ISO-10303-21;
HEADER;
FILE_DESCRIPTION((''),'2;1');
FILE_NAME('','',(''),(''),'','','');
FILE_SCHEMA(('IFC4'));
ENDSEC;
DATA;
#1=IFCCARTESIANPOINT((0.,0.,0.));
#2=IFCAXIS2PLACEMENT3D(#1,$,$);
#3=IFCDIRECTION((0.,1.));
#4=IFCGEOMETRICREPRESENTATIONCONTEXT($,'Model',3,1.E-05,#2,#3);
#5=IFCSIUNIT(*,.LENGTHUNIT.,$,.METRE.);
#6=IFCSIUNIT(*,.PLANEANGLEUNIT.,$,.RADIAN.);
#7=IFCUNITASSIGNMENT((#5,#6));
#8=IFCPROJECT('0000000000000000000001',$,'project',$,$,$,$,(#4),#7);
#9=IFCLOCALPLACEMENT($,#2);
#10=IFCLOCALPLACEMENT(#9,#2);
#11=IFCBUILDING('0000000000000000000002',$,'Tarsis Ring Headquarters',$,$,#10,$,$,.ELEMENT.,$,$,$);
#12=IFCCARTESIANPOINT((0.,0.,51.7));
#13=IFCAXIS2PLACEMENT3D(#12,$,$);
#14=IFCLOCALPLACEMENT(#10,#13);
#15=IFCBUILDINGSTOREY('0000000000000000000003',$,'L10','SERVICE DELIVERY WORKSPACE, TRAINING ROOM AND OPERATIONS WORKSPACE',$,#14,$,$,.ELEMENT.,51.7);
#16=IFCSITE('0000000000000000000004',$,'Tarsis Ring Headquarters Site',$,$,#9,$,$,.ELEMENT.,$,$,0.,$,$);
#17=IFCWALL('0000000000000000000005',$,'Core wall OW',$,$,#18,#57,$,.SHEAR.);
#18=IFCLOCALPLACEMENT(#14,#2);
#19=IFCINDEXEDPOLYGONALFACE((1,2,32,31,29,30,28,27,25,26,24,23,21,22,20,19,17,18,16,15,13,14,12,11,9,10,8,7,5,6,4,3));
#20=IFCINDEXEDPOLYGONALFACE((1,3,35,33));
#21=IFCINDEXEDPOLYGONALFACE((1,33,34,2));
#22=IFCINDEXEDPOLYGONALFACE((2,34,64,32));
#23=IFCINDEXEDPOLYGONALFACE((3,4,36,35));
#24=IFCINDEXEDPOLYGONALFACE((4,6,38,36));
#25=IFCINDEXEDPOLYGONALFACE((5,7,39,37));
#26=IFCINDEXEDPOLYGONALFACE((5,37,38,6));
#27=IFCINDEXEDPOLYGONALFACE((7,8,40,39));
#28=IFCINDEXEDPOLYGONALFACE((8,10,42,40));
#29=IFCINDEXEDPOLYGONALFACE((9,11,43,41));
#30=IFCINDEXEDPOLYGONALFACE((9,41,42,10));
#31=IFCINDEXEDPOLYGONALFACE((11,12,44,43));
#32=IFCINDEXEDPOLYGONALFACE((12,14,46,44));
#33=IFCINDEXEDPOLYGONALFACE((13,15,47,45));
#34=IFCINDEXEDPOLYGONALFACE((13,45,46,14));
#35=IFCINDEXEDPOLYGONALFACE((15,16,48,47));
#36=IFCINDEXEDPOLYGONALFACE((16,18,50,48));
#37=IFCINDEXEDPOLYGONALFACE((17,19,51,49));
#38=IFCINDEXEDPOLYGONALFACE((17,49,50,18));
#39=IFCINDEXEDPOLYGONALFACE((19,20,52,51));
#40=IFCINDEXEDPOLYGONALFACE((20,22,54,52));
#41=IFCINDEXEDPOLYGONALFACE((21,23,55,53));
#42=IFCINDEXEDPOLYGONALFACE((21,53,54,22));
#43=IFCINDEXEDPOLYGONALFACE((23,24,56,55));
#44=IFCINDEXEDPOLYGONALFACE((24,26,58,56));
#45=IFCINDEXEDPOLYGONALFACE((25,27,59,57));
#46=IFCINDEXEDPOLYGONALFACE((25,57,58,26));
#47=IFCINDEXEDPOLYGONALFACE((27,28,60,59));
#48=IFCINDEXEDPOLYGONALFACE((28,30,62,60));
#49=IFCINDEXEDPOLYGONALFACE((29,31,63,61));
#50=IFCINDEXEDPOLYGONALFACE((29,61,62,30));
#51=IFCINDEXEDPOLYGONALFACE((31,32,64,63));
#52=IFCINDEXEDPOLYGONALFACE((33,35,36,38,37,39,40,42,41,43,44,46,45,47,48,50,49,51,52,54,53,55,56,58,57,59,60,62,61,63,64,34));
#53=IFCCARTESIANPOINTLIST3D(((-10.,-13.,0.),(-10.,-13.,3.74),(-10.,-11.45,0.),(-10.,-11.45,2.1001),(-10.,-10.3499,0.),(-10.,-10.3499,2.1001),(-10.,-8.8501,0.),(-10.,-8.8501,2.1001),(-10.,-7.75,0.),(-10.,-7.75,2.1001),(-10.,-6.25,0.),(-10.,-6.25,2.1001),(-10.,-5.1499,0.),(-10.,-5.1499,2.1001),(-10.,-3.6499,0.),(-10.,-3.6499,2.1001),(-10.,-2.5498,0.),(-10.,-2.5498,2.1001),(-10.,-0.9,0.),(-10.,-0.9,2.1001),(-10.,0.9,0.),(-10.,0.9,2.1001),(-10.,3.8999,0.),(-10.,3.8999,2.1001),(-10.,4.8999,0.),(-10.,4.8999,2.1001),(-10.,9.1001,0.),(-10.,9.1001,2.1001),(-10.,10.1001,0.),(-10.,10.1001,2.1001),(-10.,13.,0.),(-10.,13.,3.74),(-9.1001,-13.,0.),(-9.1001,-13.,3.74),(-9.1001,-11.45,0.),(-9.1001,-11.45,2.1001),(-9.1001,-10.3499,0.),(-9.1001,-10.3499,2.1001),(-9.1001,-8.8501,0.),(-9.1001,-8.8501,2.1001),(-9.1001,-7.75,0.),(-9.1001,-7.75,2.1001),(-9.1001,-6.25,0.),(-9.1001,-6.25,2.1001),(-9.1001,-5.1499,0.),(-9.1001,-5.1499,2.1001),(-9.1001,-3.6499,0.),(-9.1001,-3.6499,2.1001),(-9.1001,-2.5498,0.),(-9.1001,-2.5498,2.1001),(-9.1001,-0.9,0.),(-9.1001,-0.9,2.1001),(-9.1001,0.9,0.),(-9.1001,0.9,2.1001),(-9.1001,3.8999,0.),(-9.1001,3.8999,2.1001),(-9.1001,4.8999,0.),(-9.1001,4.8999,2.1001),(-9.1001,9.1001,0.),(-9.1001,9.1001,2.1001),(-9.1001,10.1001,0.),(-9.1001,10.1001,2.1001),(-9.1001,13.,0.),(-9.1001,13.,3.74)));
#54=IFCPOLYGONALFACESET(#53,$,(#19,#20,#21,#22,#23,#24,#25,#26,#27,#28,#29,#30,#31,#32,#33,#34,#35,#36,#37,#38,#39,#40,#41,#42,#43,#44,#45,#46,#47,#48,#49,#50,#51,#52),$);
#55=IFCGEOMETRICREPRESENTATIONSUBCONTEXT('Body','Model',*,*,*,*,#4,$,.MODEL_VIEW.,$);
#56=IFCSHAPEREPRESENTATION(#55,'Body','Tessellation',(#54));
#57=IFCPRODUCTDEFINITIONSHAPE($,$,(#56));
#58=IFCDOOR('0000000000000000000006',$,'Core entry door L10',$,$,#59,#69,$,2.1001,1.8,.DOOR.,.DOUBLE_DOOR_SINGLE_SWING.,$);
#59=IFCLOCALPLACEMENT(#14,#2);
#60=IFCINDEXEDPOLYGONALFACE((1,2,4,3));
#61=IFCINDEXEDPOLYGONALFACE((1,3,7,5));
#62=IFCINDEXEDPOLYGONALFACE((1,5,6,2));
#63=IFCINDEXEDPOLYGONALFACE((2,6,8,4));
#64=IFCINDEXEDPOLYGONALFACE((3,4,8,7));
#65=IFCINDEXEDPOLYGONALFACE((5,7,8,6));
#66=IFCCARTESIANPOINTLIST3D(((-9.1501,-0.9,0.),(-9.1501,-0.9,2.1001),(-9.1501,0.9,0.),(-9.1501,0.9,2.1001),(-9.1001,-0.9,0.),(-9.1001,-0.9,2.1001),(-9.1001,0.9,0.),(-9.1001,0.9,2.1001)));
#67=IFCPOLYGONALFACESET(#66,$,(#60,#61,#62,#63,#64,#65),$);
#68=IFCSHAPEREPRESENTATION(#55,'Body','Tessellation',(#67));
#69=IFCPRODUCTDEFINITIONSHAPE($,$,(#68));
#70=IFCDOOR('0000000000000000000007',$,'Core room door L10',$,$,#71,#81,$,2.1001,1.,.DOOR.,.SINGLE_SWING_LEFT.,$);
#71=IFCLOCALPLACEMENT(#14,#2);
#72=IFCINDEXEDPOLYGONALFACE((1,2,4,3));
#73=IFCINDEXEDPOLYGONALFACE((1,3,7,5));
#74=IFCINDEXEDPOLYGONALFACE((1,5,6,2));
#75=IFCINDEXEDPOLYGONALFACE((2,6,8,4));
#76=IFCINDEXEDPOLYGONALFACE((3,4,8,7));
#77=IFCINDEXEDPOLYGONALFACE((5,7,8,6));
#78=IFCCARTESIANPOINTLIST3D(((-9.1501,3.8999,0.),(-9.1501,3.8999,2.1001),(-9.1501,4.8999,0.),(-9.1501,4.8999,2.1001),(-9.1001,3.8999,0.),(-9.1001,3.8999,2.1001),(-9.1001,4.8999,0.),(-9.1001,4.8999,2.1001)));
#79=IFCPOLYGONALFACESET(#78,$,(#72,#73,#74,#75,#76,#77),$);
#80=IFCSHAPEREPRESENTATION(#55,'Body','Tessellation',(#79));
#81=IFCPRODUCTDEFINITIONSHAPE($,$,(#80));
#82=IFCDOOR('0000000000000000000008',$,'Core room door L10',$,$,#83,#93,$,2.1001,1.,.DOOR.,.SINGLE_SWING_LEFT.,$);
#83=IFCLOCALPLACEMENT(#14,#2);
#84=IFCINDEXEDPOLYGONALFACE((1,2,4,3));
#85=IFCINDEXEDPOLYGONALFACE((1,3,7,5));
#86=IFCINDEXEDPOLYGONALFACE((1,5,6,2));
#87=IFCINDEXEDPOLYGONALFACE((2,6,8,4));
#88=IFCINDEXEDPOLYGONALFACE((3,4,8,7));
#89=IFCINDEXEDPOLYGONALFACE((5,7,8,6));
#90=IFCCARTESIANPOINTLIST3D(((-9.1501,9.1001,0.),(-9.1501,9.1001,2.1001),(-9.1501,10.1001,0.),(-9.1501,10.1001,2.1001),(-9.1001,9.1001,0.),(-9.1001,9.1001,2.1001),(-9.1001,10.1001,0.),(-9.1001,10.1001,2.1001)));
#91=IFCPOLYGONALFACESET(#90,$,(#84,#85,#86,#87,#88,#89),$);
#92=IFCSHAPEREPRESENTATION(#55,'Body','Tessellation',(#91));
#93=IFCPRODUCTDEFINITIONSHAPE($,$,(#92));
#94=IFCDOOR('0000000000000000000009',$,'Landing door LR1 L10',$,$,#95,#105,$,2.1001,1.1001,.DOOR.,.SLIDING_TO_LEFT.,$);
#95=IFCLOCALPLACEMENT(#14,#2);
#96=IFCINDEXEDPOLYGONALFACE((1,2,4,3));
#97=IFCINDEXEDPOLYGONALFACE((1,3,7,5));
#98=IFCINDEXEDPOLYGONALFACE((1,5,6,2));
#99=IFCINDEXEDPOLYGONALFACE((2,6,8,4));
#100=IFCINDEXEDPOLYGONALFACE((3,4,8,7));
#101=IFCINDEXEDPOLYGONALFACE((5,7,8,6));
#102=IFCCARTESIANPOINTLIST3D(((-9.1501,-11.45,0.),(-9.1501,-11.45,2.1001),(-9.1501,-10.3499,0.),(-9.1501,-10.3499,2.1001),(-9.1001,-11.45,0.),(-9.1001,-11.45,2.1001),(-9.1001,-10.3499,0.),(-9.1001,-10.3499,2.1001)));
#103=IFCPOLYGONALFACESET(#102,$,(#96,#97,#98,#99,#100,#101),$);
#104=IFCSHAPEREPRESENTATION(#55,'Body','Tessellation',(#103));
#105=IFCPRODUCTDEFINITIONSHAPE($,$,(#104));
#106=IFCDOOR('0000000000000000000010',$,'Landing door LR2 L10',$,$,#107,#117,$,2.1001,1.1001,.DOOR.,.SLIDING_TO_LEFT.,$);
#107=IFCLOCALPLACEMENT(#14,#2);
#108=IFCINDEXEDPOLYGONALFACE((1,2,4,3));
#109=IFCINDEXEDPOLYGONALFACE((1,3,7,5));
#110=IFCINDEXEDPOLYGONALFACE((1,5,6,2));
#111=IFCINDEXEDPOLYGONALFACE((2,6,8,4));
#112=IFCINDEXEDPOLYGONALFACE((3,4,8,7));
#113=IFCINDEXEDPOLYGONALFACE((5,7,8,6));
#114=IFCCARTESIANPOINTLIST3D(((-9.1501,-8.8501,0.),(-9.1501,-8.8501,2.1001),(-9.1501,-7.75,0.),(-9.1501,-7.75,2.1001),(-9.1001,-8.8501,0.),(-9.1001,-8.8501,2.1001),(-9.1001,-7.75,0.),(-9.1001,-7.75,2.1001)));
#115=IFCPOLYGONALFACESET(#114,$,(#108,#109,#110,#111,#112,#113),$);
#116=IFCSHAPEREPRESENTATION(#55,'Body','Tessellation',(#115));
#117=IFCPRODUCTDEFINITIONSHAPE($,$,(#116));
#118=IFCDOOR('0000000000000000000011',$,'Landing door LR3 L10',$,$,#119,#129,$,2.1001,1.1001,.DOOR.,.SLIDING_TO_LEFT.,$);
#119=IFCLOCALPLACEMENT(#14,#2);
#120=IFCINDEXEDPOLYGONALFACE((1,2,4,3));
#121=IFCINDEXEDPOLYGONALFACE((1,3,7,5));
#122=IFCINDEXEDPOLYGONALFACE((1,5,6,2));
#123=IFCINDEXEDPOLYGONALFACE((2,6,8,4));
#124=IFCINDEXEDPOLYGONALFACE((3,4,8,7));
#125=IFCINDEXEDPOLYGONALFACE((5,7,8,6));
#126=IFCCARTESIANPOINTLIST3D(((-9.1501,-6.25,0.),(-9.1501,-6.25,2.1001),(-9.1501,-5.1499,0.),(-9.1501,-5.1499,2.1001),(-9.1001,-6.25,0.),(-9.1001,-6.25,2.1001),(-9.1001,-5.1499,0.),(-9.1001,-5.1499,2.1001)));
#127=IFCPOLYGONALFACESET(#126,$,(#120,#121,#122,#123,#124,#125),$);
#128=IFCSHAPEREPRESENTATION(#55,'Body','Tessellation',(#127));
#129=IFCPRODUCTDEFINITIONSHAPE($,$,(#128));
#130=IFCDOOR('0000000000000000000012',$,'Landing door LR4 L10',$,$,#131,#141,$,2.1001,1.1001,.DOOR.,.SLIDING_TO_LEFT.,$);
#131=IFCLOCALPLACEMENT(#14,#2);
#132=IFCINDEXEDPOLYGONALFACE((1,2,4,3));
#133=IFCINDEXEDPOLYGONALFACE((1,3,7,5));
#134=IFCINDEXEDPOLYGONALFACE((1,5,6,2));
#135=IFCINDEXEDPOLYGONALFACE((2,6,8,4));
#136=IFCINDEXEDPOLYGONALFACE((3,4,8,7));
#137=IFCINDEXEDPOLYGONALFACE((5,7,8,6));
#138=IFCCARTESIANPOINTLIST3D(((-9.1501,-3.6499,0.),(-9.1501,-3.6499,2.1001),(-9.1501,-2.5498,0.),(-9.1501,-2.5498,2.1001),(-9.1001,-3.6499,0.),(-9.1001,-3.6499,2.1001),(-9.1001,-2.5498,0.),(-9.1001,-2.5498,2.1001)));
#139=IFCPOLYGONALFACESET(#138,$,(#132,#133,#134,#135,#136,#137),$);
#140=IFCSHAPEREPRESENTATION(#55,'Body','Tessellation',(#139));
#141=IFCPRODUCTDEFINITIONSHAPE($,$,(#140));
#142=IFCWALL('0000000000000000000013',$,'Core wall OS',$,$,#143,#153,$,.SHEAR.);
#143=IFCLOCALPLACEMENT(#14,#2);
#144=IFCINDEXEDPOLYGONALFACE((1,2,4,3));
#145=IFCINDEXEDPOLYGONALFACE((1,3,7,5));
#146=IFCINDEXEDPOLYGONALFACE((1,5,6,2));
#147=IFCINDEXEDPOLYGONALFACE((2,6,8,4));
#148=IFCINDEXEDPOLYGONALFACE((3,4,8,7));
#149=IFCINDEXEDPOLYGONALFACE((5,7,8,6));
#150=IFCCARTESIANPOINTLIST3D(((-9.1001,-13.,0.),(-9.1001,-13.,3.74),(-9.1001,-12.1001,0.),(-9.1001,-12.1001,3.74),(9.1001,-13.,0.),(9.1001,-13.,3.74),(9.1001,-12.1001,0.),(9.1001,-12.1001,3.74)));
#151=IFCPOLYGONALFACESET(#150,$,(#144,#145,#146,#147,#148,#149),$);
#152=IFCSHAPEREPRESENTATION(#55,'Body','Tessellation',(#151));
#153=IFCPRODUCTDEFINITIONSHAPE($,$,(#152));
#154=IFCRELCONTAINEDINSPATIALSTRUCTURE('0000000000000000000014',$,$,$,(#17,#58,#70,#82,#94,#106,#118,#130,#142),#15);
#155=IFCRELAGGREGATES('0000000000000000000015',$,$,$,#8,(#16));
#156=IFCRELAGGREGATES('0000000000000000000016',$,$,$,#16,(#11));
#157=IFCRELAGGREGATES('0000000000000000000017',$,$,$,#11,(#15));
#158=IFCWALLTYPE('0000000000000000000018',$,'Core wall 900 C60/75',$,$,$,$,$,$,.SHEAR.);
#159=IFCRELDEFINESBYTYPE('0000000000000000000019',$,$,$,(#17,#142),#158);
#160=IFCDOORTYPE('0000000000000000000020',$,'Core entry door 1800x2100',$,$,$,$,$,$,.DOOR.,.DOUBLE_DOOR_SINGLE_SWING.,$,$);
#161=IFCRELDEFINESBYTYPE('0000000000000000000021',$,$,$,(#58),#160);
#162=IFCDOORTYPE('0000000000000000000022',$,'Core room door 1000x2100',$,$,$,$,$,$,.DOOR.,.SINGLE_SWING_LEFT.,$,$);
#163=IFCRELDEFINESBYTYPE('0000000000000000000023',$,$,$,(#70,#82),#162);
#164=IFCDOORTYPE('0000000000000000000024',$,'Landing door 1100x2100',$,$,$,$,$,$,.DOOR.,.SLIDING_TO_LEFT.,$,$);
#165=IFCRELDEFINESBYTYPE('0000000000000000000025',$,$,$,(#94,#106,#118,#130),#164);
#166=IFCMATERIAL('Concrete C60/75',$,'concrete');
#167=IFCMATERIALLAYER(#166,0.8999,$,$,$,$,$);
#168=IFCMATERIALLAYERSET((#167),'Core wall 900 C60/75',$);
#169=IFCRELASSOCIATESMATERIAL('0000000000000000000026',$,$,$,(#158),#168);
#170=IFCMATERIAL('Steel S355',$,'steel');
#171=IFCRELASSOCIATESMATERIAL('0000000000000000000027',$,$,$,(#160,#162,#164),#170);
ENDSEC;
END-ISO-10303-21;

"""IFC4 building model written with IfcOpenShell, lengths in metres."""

from ifc_helpers import new_model, si_unit, direction, frame, frame_2d, origin, place, context, subcontext, project, spatial, rectangle, extrude, material, layer, layer_set, type_object, element, fill, save


model = new_model("IFC4")

# Units and contexts
model_context = context("Model", 3, precision=1e-05, world=origin(), true_north=direction((0.0, 1.0)))
body_context = subcontext(model_context, "Body", "Model", "MODEL_VIEW")
ifc_project = project(units=[si_unit("LENGTHUNIT", "METRE"), si_unit("PLANEANGLEUNIT", "RADIAN")], contexts=[model_context])

# Site, building, storey
site_placement = place(None, origin())
site = spatial("IfcSite", under=ifc_project, at=site_placement, Name="Tarsis Ring Headquarters Site", CompositionType="ELEMENT", RefElevation=0.0)
building_placement = place(site_placement, origin())
building = spatial("IfcBuilding", under=site, at=building_placement, Name="Tarsis Ring Headquarters", CompositionType="ELEMENT")
storey_placement = place(building_placement, frame((0.0, 0.0, 51.7)))
storey = spatial("IfcBuildingStorey", under=building, at=storey_placement, Name="L10", Description="SERVICE DELIVERY WORKSPACE, TRAINING ROOM AND OPERATIONS WORKSPACE", CompositionType="ELEMENT", Elevation=51.7)

# Wall, openings, doors
ifc_material_1 = material(Name="Concrete C60/75", Category="concrete")
ifc_layer_1 = layer(ifc_material_1, 0.8999)
ifc_layer_set_1 = layer_set([ifc_layer_1], Name="Core wall 900 C60/75")
wall_type_1 = type_object("IfcWallType", Name="Core wall 900 C60/75", PredefinedType="SHEAR", material=ifc_layer_set_1)
wall_1_placement = place(storey_placement, frame((-9.55, -13.0, 0.0), z_axis=(0.0, 0.0, 1.0), x_axis=(0.0, 1.0, 0.0)))
wall_1 = element("IfcWall", 1, at=wall_1_placement, inside=storey, type_object=wall_type_1, Name="Core wall OW", PredefinedType="SHEAR", context=body_context, shape_type="SweptSolid", body=[
    extrude(rectangle(XDim=26.0, YDim=0.8999, at=frame_2d((13.0, 0.0))), origin(), (0.0, 0.0, 1.0), 3.74),
])
opening_1_placement = place(wall_1_placement, frame((1.55, 0.0, 0.0)))
opening_1 = element("IfcOpeningElement", 2, at=opening_1_placement, cuts=wall_1, PredefinedType="OPENING", context=body_context, shape_type="SweptSolid", body=[
    extrude(rectangle(XDim=1.1001, YDim=2.1001, at=frame_2d((0.55, 1.05))), frame((0.0, 0.46, 0.0), z_axis=(0.0, -1.0, 0.0), x_axis=(1.0, 0.0, 0.0)), (0.0, 0.0, 1.0), 0.9199),
])
opening_2_placement = place(wall_1_placement, frame((4.1499, 0.0, 0.0)))
opening_2 = element("IfcOpeningElement", 3, at=opening_2_placement, cuts=wall_1, PredefinedType="OPENING", context=body_context, shape_type="SweptSolid", body=[
    extrude(rectangle(XDim=1.1001, YDim=2.1001, at=frame_2d((0.55, 1.05))), frame((0.0, 0.46, 0.0), z_axis=(0.0, -1.0, 0.0), x_axis=(1.0, 0.0, 0.0)), (0.0, 0.0, 1.0), 0.9199),
])
opening_3_placement = place(wall_1_placement, frame((6.75, 0.0, 0.0)))
opening_3 = element("IfcOpeningElement", 4, at=opening_3_placement, cuts=wall_1, PredefinedType="OPENING", context=body_context, shape_type="SweptSolid", body=[
    extrude(rectangle(XDim=1.1001, YDim=2.1001, at=frame_2d((0.55, 1.05))), frame((0.0, 0.46, 0.0), z_axis=(0.0, -1.0, 0.0), x_axis=(1.0, 0.0, 0.0)), (0.0, 0.0, 1.0), 0.9199),
])
opening_4_placement = place(wall_1_placement, frame((9.3501, 0.0, 0.0)))
opening_4 = element("IfcOpeningElement", 5, at=opening_4_placement, cuts=wall_1, PredefinedType="OPENING", context=body_context, shape_type="SweptSolid", body=[
    extrude(rectangle(XDim=1.1001, YDim=2.1001, at=frame_2d((0.55, 1.05))), frame((0.0, 0.46, 0.0), z_axis=(0.0, -1.0, 0.0), x_axis=(1.0, 0.0, 0.0)), (0.0, 0.0, 1.0), 0.9199),
])
opening_5_placement = place(wall_1_placement, frame((12.1001, 0.0, 0.0)))
opening_5 = element("IfcOpeningElement", 6, at=opening_5_placement, cuts=wall_1, PredefinedType="OPENING", context=body_context, shape_type="SweptSolid", body=[
    extrude(rectangle(XDim=1.8, YDim=2.1001, at=frame_2d((0.8999, 1.05))), frame((0.0, 0.46, 0.0), z_axis=(0.0, -1.0, 0.0), x_axis=(1.0, 0.0, 0.0)), (0.0, 0.0, 1.0), 0.9199),
])
opening_6_placement = place(wall_1_placement, frame((16.8999, 0.0, 0.0)))
opening_6 = element("IfcOpeningElement", 7, at=opening_6_placement, cuts=wall_1, PredefinedType="OPENING", context=body_context, shape_type="SweptSolid", body=[
    extrude(rectangle(XDim=1.0, YDim=2.1001, at=frame_2d((0.5, 1.05))), frame((0.0, 0.46, 0.0), z_axis=(0.0, -1.0, 0.0), x_axis=(1.0, 0.0, 0.0)), (0.0, 0.0, 1.0), 0.9199),
])
opening_7_placement = place(wall_1_placement, frame((22.1001, 0.0, 0.0)))
opening_7 = element("IfcOpeningElement", 8, at=opening_7_placement, cuts=wall_1, PredefinedType="OPENING", context=body_context, shape_type="SweptSolid", body=[
    extrude(rectangle(XDim=1.0, YDim=2.1001, at=frame_2d((0.5, 1.05))), frame((0.0, 0.46, 0.0), z_axis=(0.0, -1.0, 0.0), x_axis=(1.0, 0.0, 0.0)), (0.0, 0.0, 1.0), 0.9199),
])
ifc_material_2 = material(Name="Steel S355", Category="steel")
door_type_1 = type_object("IfcDoorType", Name="Core entry door 1800x2100", OperationType="DOUBLE_DOOR_SINGLE_SWING", PredefinedType="DOOR", material=ifc_material_2)
door_1_placement = place(opening_5_placement, origin())
door_1 = element("IfcDoor", 9, at=door_1_placement, inside=storey, type_object=door_type_1, Name="Core entry door L10", OperationType="DOUBLE_DOOR_SINGLE_SWING", OverallHeight=2.1001, OverallWidth=1.8, PredefinedType="DOOR", context=body_context, shape_type="SweptSolid", body=[
    extrude(rectangle(XDim=1.8, YDim=2.1001, at=frame_2d((0.8999, 1.05))), frame((0.0, -0.3999, 0.0), z_axis=(0.0, -1.0, 0.0), x_axis=(1.0, 0.0, 0.0)), (0.0, 0.0, 1.0), 0.05),
])
fill(opening_5, door_1)
door_type_2 = type_object("IfcDoorType", Name="Core room door 1000x2100", OperationType="SINGLE_SWING_LEFT", PredefinedType="DOOR", material=ifc_material_2)
door_2_placement = place(opening_6_placement, origin())
door_2 = element("IfcDoor", 10, at=door_2_placement, inside=storey, type_object=door_type_2, Name="Core room door L10", OperationType="SINGLE_SWING_LEFT", OverallHeight=2.1001, OverallWidth=1.0, PredefinedType="DOOR", context=body_context, shape_type="SweptSolid", body=[
    extrude(rectangle(XDim=1.0, YDim=2.1001, at=frame_2d((0.5, 1.05))), frame((0.0, -0.3999, 0.0), z_axis=(0.0, -1.0, 0.0), x_axis=(1.0, 0.0, 0.0)), (0.0, 0.0, 1.0), 0.05),
])
fill(opening_6, door_2)
door_3_placement = place(opening_7_placement, origin())
door_3 = element("IfcDoor", 11, at=door_3_placement, inside=storey, type_object=door_type_2, Name="Core room door L10", OperationType="SINGLE_SWING_LEFT", OverallHeight=2.1001, OverallWidth=1.0, PredefinedType="DOOR", context=body_context, shape_type="SweptSolid", body=[
    extrude(rectangle(XDim=1.0, YDim=2.1001, at=frame_2d((0.5, 1.05))), frame((0.0, -0.3999, 0.0), z_axis=(0.0, -1.0, 0.0), x_axis=(1.0, 0.0, 0.0)), (0.0, 0.0, 1.0), 0.05),
])
fill(opening_7, door_3)
door_type_3 = type_object("IfcDoorType", Name="Landing door 1100x2100", OperationType="SLIDING_TO_LEFT", PredefinedType="DOOR", material=ifc_material_2)
door_4_placement = place(opening_1_placement, origin())
door_4 = element("IfcDoor", 12, at=door_4_placement, inside=storey, type_object=door_type_3, Name="Landing door LR1 L10", OperationType="SLIDING_TO_LEFT", OverallHeight=2.1001, OverallWidth=1.1001, PredefinedType="DOOR", context=body_context, shape_type="SweptSolid", body=[
    extrude(rectangle(XDim=1.1001, YDim=2.1001, at=frame_2d((0.55, 1.05))), frame((0.0, -0.3999, 0.0), z_axis=(0.0, -1.0, 0.0), x_axis=(1.0, 0.0, 0.0)), (0.0, 0.0, 1.0), 0.05),
])
fill(opening_1, door_4)
door_5_placement = place(opening_2_placement, origin())
door_5 = element("IfcDoor", 13, at=door_5_placement, inside=storey, type_object=door_type_3, Name="Landing door LR2 L10", OperationType="SLIDING_TO_LEFT", OverallHeight=2.1001, OverallWidth=1.1001, PredefinedType="DOOR", context=body_context, shape_type="SweptSolid", body=[
    extrude(rectangle(XDim=1.1001, YDim=2.1001, at=frame_2d((0.55, 1.05))), frame((0.0, -0.3999, 0.0), z_axis=(0.0, -1.0, 0.0), x_axis=(1.0, 0.0, 0.0)), (0.0, 0.0, 1.0), 0.05),
])
fill(opening_2, door_5)
door_6_placement = place(opening_3_placement, origin())
door_6 = element("IfcDoor", 14, at=door_6_placement, inside=storey, type_object=door_type_3, Name="Landing door LR3 L10", OperationType="SLIDING_TO_LEFT", OverallHeight=2.1001, OverallWidth=1.1001, PredefinedType="DOOR", context=body_context, shape_type="SweptSolid", body=[
    extrude(rectangle(XDim=1.1001, YDim=2.1001, at=frame_2d((0.55, 1.05))), frame((0.0, -0.3999, 0.0), z_axis=(0.0, -1.0, 0.0), x_axis=(1.0, 0.0, 0.0)), (0.0, 0.0, 1.0), 0.05),
])
fill(opening_3, door_6)
door_7_placement = place(opening_4_placement, origin())
door_7 = element("IfcDoor", 15, at=door_7_placement, inside=storey, type_object=door_type_3, Name="Landing door LR4 L10", OperationType="SLIDING_TO_LEFT", OverallHeight=2.1001, OverallWidth=1.1001, PredefinedType="DOOR", context=body_context, shape_type="SweptSolid", body=[
    extrude(rectangle(XDim=1.1001, YDim=2.1001, at=frame_2d((0.55, 1.05))), frame((0.0, -0.3999, 0.0), z_axis=(0.0, -1.0, 0.0), x_axis=(1.0, 0.0, 0.0)), (0.0, 0.0, 1.0), 0.05),
])
fill(opening_4, door_7)

# Wall
wall_2_placement = place(storey_placement, frame((-9.1001, -12.55, 0.0), z_axis=(0.0, 0.0, 1.0), x_axis=(1.0, 0.0, 0.0)))
element("IfcWall", 16, at=wall_2_placement, inside=storey, type_object=wall_type_1, Name="Core wall OS", PredefinedType="SHEAR", context=body_context, shape_type="SweptSolid", body=[
    extrude(rectangle(XDim=18.2002, YDim=0.8999, at=frame_2d((9.1001, 0.0))), origin(), (0.0, 0.0, 1.0), 3.74),
])

save(model, "model.ifc")
